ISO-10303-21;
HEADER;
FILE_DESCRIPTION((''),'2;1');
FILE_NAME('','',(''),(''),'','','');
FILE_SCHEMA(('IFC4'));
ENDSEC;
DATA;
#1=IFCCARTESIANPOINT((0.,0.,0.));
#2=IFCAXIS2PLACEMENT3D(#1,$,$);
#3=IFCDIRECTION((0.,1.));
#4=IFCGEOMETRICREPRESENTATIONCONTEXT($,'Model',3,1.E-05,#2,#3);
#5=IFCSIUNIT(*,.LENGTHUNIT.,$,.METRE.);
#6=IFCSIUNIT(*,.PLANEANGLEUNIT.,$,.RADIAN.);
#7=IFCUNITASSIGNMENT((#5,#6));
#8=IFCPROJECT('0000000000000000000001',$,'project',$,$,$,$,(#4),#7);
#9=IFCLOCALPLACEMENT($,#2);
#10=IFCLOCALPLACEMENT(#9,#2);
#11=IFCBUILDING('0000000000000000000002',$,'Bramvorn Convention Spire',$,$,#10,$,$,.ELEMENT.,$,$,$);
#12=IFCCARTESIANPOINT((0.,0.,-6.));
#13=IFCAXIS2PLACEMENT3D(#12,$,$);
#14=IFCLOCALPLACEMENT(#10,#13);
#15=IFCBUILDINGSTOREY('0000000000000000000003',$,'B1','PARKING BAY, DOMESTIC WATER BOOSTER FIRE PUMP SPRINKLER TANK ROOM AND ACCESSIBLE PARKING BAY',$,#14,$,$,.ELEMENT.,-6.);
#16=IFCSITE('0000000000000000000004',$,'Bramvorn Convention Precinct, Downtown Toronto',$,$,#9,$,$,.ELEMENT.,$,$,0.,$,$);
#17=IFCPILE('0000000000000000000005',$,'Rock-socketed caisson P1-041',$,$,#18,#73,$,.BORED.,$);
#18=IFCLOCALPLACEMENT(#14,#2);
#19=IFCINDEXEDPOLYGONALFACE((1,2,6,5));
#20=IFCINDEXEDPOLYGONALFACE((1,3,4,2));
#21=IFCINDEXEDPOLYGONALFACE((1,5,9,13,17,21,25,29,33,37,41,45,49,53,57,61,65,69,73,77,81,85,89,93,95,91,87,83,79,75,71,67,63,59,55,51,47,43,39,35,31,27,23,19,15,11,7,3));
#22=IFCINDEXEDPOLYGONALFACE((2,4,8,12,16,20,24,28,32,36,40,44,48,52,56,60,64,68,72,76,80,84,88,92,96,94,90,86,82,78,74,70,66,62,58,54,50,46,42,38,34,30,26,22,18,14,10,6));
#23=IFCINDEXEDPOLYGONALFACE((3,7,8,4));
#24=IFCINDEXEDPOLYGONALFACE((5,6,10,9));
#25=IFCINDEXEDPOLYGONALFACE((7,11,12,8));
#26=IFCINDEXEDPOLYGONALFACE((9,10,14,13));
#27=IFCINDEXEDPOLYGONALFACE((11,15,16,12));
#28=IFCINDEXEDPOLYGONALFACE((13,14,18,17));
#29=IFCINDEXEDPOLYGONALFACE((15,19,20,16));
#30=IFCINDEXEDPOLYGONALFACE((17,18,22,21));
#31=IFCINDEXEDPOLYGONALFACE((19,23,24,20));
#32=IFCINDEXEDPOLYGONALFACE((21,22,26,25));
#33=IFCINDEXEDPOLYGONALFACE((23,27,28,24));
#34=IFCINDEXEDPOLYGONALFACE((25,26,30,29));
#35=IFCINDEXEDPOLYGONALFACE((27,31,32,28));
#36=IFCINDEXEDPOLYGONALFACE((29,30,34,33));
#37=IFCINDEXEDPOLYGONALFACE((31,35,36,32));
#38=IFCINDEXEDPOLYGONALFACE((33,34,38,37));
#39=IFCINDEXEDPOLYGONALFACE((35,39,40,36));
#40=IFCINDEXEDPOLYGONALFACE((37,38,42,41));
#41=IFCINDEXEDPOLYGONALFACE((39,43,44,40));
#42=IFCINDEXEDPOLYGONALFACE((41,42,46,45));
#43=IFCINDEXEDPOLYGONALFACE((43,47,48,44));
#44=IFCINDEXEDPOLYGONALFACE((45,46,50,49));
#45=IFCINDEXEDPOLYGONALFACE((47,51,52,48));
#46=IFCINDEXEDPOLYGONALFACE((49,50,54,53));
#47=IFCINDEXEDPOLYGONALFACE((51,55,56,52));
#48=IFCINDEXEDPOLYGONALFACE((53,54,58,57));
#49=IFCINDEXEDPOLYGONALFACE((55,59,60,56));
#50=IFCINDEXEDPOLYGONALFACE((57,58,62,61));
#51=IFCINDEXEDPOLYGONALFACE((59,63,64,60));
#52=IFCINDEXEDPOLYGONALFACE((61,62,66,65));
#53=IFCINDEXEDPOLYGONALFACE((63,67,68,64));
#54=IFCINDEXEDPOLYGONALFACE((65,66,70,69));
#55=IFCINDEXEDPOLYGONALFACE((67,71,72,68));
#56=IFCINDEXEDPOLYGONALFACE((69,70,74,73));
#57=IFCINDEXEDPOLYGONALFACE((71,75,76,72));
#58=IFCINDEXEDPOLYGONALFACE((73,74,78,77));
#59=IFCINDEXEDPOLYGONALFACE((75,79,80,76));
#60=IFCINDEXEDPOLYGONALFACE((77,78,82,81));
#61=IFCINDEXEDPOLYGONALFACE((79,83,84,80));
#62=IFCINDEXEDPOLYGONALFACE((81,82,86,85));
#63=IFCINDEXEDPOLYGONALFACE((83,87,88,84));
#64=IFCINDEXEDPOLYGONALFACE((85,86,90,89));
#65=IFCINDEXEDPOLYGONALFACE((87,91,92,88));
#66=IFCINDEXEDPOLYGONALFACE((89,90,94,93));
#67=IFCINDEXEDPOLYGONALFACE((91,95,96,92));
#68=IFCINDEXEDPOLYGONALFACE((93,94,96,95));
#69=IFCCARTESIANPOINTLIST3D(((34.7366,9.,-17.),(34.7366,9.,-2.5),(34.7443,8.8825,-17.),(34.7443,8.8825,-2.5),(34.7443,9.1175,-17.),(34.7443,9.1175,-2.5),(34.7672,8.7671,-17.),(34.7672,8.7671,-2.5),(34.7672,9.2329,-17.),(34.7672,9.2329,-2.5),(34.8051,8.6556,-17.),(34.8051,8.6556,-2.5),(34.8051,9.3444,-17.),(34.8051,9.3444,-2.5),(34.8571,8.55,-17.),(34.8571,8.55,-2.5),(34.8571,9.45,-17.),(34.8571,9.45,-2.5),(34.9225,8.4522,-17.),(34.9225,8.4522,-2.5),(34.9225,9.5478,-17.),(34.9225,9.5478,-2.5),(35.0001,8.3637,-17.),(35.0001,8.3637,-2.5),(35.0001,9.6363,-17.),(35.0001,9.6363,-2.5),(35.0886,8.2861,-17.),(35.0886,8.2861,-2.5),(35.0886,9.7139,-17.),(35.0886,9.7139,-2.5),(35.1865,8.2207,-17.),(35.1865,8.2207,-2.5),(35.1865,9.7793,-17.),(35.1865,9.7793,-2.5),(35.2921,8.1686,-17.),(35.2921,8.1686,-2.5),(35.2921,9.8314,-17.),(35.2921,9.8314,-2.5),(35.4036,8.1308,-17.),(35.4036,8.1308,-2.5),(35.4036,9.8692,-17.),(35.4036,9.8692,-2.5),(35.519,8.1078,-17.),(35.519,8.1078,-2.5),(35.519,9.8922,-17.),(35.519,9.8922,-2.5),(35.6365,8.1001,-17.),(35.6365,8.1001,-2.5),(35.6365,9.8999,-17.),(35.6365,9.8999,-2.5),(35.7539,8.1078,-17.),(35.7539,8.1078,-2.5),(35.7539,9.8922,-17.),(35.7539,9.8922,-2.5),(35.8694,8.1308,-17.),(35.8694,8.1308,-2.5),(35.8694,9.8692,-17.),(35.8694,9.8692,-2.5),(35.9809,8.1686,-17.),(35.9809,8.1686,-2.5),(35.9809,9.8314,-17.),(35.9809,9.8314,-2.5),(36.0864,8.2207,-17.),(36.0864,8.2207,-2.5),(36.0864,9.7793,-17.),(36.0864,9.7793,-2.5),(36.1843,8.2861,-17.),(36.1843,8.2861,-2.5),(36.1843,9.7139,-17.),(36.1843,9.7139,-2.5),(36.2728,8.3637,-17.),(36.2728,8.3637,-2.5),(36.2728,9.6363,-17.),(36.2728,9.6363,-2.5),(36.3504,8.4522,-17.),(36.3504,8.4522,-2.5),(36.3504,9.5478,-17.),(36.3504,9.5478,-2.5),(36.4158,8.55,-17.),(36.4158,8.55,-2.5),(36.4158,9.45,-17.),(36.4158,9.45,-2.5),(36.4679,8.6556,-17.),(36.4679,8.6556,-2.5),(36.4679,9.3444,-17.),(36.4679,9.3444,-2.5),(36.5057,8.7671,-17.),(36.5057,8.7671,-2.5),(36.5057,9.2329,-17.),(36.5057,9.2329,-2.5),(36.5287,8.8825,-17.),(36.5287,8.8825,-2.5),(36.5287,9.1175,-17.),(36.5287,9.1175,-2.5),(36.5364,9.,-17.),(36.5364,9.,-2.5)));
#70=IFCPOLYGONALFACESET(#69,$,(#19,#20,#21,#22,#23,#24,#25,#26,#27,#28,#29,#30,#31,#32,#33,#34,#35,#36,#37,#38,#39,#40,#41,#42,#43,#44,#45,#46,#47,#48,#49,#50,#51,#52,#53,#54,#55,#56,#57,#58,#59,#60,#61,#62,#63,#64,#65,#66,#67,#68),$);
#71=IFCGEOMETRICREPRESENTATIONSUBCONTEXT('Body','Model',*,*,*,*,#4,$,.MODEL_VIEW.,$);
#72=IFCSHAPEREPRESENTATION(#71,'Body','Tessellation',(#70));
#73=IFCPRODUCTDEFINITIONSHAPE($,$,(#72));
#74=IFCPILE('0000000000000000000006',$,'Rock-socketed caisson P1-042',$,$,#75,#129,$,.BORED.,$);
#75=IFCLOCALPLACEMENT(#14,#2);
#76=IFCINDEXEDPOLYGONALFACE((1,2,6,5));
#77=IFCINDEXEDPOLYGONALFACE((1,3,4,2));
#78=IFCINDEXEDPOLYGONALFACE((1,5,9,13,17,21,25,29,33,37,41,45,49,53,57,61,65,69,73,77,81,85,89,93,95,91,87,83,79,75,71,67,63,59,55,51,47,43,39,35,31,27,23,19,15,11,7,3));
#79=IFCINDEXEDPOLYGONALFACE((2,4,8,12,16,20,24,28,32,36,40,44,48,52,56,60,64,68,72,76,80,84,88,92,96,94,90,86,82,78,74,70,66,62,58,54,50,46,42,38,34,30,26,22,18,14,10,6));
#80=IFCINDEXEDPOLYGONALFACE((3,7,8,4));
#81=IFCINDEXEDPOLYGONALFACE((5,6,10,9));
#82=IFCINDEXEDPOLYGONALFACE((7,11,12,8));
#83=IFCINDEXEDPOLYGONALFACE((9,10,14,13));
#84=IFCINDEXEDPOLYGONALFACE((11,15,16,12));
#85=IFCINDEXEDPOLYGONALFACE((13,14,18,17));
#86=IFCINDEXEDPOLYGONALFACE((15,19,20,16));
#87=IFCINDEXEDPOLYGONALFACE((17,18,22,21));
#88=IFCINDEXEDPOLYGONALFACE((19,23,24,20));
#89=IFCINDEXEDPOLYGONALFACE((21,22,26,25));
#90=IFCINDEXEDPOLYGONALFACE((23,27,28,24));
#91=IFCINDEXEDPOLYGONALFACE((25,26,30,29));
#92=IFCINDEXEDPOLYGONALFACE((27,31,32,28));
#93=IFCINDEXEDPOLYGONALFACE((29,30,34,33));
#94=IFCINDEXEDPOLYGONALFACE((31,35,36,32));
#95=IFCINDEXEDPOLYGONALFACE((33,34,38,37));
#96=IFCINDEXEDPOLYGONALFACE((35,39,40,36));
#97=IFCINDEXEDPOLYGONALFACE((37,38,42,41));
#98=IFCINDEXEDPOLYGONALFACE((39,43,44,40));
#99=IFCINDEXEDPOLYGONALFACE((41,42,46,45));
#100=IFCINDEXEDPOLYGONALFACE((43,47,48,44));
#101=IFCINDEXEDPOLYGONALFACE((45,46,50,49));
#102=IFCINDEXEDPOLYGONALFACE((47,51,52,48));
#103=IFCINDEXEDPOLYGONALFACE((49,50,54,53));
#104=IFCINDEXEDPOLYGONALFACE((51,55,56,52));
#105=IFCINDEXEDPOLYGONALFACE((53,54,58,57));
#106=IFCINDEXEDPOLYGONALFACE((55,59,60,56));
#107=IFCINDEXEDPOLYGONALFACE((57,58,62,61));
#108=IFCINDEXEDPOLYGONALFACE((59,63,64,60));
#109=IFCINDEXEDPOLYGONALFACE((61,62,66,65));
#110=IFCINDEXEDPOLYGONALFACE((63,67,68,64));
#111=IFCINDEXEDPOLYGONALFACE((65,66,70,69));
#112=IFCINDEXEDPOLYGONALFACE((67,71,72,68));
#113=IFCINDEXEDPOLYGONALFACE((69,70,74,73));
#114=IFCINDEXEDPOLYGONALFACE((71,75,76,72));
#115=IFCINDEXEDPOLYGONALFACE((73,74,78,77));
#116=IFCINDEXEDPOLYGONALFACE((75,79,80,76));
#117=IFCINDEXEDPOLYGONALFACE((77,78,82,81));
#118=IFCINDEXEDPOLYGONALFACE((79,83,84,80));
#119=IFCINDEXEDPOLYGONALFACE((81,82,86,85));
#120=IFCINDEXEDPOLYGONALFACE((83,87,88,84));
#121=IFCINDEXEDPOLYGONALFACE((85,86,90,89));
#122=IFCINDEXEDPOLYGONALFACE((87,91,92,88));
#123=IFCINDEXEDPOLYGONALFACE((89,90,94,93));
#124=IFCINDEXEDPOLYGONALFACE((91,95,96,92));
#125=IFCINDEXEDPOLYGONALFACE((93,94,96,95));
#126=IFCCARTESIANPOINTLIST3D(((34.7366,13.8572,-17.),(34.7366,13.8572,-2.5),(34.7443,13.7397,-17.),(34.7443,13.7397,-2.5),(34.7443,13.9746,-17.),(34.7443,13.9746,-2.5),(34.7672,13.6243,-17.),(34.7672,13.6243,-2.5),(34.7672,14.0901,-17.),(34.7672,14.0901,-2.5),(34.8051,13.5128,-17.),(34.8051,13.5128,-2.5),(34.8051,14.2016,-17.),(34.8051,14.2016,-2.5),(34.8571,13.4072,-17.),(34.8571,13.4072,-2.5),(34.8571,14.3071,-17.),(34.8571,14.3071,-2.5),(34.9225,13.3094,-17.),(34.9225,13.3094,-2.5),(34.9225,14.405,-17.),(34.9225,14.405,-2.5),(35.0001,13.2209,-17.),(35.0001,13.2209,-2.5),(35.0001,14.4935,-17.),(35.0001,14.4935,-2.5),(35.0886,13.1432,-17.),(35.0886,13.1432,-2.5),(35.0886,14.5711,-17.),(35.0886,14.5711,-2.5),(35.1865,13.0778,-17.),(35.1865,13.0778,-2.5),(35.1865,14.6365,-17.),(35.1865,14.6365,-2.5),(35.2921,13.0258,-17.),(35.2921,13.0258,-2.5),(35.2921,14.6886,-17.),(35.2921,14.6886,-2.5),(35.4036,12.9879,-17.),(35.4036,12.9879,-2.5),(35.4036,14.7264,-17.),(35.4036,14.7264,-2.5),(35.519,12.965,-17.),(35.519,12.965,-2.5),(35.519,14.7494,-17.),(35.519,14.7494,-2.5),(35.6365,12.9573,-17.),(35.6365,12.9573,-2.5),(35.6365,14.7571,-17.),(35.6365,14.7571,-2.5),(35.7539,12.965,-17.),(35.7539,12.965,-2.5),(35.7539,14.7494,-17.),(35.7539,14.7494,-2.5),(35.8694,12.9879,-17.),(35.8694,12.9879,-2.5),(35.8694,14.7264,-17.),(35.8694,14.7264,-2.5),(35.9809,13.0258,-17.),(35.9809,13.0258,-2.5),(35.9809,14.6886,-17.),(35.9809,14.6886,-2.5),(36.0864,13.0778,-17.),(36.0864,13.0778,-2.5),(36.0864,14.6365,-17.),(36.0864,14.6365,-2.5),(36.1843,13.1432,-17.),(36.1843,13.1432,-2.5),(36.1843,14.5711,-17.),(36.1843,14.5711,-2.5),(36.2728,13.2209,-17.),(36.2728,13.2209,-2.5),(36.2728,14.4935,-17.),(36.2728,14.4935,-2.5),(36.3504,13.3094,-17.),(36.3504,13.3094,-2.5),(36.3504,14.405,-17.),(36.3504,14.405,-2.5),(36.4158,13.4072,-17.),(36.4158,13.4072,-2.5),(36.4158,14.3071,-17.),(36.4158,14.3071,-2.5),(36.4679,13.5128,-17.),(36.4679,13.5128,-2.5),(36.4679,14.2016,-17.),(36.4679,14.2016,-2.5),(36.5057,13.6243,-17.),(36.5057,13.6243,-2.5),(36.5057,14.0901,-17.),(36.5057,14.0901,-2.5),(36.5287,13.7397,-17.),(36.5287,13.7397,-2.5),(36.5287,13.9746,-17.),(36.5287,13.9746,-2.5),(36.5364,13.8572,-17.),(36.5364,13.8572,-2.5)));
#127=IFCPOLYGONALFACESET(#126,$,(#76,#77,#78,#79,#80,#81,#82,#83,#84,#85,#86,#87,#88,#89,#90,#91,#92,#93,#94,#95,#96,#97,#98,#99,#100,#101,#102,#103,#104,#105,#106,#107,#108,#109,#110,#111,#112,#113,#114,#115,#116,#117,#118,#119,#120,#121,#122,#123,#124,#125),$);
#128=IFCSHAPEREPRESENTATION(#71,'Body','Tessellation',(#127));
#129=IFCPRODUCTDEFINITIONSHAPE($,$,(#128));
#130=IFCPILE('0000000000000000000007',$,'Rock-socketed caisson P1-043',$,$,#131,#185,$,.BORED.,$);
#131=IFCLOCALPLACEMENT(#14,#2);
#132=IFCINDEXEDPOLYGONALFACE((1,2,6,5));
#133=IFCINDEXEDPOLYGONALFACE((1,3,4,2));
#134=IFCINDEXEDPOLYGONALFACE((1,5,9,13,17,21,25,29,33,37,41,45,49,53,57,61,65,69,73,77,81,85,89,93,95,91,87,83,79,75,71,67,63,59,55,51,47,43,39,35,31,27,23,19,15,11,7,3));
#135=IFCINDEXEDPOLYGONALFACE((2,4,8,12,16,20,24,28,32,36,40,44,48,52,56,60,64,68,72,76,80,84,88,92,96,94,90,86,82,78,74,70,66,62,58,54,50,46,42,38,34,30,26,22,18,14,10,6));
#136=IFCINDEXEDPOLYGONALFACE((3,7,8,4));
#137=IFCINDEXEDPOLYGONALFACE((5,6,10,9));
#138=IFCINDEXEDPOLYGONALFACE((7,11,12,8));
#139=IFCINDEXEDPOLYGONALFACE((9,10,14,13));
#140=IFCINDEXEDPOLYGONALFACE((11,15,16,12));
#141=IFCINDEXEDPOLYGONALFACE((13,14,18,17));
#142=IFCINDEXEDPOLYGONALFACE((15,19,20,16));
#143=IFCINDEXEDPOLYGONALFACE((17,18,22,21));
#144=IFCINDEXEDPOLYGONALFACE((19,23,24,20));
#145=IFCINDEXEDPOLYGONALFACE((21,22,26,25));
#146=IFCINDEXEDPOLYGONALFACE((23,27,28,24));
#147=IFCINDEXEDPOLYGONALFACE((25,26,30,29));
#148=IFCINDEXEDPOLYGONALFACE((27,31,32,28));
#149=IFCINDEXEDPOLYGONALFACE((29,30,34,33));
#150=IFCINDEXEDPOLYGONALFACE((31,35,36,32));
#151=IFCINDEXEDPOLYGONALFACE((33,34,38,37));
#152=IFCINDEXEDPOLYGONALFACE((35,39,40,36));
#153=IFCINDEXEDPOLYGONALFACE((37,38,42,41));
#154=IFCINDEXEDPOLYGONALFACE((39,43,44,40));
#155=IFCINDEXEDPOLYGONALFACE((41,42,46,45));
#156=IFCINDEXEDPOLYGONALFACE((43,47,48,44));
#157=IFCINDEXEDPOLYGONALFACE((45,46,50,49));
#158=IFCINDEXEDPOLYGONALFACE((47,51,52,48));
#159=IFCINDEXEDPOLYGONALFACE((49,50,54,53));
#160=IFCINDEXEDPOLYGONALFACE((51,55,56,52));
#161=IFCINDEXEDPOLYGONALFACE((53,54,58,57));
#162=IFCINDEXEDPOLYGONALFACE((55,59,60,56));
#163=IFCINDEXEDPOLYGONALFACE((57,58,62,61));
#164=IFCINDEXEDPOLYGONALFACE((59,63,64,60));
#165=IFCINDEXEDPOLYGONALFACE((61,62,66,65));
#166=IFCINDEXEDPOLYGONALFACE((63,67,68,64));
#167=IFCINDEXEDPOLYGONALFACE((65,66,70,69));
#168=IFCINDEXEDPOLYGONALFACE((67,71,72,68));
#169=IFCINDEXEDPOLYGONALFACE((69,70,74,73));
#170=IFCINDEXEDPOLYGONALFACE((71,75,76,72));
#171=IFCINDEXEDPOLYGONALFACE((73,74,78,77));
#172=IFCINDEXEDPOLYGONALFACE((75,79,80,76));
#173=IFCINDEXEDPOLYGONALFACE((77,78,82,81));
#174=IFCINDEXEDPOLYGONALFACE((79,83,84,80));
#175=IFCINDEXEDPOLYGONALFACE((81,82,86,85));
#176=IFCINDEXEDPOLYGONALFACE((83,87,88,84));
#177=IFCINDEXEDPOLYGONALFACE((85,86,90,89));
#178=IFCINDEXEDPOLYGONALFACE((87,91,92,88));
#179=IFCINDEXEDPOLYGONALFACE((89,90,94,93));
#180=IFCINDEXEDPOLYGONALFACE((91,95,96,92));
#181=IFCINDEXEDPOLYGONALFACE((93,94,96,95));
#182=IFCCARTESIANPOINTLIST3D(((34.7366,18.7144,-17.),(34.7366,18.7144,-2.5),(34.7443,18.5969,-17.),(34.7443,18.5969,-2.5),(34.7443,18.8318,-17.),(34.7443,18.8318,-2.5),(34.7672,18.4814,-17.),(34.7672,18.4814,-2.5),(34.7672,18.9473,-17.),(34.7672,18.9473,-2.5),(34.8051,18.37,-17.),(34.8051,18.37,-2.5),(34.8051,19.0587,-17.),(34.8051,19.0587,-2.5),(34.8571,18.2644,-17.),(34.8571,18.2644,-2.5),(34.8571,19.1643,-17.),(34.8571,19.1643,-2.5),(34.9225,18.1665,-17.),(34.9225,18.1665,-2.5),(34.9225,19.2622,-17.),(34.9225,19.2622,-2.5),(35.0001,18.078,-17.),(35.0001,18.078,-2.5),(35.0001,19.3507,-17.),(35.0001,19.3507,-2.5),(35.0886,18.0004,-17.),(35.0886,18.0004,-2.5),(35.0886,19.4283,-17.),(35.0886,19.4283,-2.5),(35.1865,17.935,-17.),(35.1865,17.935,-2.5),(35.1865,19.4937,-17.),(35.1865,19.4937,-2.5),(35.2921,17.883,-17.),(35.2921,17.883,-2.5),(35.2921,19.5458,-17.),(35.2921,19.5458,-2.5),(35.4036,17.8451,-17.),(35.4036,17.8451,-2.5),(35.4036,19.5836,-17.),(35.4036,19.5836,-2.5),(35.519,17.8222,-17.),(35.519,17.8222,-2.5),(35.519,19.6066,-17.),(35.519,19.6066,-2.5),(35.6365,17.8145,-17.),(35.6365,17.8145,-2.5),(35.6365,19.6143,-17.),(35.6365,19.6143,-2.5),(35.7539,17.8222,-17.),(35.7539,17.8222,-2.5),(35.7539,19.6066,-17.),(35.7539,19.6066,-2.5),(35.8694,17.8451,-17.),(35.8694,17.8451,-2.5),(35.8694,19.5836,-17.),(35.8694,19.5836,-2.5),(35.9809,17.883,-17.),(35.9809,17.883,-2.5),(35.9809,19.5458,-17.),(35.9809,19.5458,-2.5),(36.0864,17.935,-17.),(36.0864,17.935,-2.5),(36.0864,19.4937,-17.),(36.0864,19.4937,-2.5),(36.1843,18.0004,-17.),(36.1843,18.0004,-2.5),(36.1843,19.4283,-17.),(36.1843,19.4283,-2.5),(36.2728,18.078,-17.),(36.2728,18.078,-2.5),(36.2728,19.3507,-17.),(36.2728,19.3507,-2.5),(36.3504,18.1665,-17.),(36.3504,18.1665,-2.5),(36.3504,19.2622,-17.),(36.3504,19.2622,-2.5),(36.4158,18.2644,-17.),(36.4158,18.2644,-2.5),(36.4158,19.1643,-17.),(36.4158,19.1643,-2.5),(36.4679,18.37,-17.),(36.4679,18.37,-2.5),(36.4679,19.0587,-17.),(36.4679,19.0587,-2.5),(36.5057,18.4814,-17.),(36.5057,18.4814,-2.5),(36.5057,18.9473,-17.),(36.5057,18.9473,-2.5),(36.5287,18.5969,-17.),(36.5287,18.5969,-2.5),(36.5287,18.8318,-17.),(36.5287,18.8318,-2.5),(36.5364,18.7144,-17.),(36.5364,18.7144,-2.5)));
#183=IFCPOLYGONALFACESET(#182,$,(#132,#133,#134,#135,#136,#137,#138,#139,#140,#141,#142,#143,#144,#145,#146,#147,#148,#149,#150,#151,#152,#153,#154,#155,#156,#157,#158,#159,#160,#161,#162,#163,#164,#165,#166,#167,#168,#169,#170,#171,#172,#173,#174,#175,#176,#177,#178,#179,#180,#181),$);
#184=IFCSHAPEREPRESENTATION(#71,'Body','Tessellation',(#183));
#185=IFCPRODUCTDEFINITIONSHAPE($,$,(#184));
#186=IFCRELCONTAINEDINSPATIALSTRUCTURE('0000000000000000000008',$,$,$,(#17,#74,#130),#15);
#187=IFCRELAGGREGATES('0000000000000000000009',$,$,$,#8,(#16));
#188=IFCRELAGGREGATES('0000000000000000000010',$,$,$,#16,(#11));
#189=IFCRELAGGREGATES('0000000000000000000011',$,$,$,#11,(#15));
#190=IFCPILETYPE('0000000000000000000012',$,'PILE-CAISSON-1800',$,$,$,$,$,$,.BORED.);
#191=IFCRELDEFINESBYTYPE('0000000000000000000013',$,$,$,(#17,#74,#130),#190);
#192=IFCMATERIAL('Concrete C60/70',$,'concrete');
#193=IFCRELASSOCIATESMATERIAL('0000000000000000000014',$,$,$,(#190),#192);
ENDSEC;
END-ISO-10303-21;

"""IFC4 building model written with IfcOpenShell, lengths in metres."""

from ifc_helpers import new_model, si_unit, direction, frame, origin, origin_2d, place, context, subcontext, project, spatial, circle, extrude, material, material_profile, profile_set, type_object, element, save


model = new_model("IFC4")

# Units and contexts
model_context = context("Model", 3, precision=1e-05, world=origin(), true_north=direction((0.0, 1.0)))
body_context = subcontext(model_context, "Body", "Model", "MODEL_VIEW")
ifc_project = project(units=[si_unit("LENGTHUNIT", "METRE"), si_unit("PLANEANGLEUNIT", "RADIAN")], contexts=[model_context])

# Site, building, storey
site_placement = place(None, origin())
site = spatial("IfcSite", under=ifc_project, at=site_placement, Name="Bramvorn Convention Precinct, Downtown Toronto", CompositionType="ELEMENT", RefElevation=0.0)
building_placement = place(site_placement, origin())
building = spatial("IfcBuilding", under=site, at=building_placement, Name="Bramvorn Convention Spire", CompositionType="ELEMENT")
storey_placement = place(building_placement, frame((0.0, 0.0, -6.0)))
storey = spatial("IfcBuildingStorey", under=building, at=storey_placement, Name="B1", Description="PARKING BAY, DOMESTIC WATER BOOSTER FIRE PUMP SPRINKLER TANK ROOM AND ACCESSIBLE PARKING BAY", CompositionType="ELEMENT", Elevation=-6.0)

# Shared definitions
ifc_material_1 = material(Name="Concrete C60/70", Category="concrete")

# Piles
ifc_material_profile_1 = material_profile(ifc_material_1, circle(Radius=0.8999, at=origin_2d()))
ifc_profile_set_1 = profile_set([ifc_material_profile_1], Name="Concrete C60/70 - CAISSON1800")
pile_type_1 = type_object("IfcPileType", Name="PILE-CAISSON-1800", PredefinedType="BORED", material=ifc_profile_set_1)
for number, where, z_axis, x_axis, name in (
    (1, (35.6365, 9.0, -2.5), (0.0, 0.0, -1.0), (1.0, 0.0, 0.0), "Rock-socketed caisson P1-041"),
    (2, (35.6365, 13.8572, -2.5), (0.0, 0.0, -1.0), (1.0, 0.0, 0.0), "Rock-socketed caisson P1-042"),
    (3, (35.6365, 18.7144, -2.5), (0.0, 0.0, -1.0), (1.0, 0.0, 0.0), "Rock-socketed caisson P1-043"),
):
    element("IfcPile", number, at=place(storey_placement, frame(where, z_axis=z_axis, x_axis=x_axis)), inside=storey, type_object=pile_type_1, Name=name, PredefinedType="BORED", context=body_context, shape_type="SweptSolid", body=[
        extrude(circle(Radius=0.8999, at=origin_2d()), origin(), (0.0, 0.0, 1.0), 14.5),
    ])

save(model, "model.ifc")
